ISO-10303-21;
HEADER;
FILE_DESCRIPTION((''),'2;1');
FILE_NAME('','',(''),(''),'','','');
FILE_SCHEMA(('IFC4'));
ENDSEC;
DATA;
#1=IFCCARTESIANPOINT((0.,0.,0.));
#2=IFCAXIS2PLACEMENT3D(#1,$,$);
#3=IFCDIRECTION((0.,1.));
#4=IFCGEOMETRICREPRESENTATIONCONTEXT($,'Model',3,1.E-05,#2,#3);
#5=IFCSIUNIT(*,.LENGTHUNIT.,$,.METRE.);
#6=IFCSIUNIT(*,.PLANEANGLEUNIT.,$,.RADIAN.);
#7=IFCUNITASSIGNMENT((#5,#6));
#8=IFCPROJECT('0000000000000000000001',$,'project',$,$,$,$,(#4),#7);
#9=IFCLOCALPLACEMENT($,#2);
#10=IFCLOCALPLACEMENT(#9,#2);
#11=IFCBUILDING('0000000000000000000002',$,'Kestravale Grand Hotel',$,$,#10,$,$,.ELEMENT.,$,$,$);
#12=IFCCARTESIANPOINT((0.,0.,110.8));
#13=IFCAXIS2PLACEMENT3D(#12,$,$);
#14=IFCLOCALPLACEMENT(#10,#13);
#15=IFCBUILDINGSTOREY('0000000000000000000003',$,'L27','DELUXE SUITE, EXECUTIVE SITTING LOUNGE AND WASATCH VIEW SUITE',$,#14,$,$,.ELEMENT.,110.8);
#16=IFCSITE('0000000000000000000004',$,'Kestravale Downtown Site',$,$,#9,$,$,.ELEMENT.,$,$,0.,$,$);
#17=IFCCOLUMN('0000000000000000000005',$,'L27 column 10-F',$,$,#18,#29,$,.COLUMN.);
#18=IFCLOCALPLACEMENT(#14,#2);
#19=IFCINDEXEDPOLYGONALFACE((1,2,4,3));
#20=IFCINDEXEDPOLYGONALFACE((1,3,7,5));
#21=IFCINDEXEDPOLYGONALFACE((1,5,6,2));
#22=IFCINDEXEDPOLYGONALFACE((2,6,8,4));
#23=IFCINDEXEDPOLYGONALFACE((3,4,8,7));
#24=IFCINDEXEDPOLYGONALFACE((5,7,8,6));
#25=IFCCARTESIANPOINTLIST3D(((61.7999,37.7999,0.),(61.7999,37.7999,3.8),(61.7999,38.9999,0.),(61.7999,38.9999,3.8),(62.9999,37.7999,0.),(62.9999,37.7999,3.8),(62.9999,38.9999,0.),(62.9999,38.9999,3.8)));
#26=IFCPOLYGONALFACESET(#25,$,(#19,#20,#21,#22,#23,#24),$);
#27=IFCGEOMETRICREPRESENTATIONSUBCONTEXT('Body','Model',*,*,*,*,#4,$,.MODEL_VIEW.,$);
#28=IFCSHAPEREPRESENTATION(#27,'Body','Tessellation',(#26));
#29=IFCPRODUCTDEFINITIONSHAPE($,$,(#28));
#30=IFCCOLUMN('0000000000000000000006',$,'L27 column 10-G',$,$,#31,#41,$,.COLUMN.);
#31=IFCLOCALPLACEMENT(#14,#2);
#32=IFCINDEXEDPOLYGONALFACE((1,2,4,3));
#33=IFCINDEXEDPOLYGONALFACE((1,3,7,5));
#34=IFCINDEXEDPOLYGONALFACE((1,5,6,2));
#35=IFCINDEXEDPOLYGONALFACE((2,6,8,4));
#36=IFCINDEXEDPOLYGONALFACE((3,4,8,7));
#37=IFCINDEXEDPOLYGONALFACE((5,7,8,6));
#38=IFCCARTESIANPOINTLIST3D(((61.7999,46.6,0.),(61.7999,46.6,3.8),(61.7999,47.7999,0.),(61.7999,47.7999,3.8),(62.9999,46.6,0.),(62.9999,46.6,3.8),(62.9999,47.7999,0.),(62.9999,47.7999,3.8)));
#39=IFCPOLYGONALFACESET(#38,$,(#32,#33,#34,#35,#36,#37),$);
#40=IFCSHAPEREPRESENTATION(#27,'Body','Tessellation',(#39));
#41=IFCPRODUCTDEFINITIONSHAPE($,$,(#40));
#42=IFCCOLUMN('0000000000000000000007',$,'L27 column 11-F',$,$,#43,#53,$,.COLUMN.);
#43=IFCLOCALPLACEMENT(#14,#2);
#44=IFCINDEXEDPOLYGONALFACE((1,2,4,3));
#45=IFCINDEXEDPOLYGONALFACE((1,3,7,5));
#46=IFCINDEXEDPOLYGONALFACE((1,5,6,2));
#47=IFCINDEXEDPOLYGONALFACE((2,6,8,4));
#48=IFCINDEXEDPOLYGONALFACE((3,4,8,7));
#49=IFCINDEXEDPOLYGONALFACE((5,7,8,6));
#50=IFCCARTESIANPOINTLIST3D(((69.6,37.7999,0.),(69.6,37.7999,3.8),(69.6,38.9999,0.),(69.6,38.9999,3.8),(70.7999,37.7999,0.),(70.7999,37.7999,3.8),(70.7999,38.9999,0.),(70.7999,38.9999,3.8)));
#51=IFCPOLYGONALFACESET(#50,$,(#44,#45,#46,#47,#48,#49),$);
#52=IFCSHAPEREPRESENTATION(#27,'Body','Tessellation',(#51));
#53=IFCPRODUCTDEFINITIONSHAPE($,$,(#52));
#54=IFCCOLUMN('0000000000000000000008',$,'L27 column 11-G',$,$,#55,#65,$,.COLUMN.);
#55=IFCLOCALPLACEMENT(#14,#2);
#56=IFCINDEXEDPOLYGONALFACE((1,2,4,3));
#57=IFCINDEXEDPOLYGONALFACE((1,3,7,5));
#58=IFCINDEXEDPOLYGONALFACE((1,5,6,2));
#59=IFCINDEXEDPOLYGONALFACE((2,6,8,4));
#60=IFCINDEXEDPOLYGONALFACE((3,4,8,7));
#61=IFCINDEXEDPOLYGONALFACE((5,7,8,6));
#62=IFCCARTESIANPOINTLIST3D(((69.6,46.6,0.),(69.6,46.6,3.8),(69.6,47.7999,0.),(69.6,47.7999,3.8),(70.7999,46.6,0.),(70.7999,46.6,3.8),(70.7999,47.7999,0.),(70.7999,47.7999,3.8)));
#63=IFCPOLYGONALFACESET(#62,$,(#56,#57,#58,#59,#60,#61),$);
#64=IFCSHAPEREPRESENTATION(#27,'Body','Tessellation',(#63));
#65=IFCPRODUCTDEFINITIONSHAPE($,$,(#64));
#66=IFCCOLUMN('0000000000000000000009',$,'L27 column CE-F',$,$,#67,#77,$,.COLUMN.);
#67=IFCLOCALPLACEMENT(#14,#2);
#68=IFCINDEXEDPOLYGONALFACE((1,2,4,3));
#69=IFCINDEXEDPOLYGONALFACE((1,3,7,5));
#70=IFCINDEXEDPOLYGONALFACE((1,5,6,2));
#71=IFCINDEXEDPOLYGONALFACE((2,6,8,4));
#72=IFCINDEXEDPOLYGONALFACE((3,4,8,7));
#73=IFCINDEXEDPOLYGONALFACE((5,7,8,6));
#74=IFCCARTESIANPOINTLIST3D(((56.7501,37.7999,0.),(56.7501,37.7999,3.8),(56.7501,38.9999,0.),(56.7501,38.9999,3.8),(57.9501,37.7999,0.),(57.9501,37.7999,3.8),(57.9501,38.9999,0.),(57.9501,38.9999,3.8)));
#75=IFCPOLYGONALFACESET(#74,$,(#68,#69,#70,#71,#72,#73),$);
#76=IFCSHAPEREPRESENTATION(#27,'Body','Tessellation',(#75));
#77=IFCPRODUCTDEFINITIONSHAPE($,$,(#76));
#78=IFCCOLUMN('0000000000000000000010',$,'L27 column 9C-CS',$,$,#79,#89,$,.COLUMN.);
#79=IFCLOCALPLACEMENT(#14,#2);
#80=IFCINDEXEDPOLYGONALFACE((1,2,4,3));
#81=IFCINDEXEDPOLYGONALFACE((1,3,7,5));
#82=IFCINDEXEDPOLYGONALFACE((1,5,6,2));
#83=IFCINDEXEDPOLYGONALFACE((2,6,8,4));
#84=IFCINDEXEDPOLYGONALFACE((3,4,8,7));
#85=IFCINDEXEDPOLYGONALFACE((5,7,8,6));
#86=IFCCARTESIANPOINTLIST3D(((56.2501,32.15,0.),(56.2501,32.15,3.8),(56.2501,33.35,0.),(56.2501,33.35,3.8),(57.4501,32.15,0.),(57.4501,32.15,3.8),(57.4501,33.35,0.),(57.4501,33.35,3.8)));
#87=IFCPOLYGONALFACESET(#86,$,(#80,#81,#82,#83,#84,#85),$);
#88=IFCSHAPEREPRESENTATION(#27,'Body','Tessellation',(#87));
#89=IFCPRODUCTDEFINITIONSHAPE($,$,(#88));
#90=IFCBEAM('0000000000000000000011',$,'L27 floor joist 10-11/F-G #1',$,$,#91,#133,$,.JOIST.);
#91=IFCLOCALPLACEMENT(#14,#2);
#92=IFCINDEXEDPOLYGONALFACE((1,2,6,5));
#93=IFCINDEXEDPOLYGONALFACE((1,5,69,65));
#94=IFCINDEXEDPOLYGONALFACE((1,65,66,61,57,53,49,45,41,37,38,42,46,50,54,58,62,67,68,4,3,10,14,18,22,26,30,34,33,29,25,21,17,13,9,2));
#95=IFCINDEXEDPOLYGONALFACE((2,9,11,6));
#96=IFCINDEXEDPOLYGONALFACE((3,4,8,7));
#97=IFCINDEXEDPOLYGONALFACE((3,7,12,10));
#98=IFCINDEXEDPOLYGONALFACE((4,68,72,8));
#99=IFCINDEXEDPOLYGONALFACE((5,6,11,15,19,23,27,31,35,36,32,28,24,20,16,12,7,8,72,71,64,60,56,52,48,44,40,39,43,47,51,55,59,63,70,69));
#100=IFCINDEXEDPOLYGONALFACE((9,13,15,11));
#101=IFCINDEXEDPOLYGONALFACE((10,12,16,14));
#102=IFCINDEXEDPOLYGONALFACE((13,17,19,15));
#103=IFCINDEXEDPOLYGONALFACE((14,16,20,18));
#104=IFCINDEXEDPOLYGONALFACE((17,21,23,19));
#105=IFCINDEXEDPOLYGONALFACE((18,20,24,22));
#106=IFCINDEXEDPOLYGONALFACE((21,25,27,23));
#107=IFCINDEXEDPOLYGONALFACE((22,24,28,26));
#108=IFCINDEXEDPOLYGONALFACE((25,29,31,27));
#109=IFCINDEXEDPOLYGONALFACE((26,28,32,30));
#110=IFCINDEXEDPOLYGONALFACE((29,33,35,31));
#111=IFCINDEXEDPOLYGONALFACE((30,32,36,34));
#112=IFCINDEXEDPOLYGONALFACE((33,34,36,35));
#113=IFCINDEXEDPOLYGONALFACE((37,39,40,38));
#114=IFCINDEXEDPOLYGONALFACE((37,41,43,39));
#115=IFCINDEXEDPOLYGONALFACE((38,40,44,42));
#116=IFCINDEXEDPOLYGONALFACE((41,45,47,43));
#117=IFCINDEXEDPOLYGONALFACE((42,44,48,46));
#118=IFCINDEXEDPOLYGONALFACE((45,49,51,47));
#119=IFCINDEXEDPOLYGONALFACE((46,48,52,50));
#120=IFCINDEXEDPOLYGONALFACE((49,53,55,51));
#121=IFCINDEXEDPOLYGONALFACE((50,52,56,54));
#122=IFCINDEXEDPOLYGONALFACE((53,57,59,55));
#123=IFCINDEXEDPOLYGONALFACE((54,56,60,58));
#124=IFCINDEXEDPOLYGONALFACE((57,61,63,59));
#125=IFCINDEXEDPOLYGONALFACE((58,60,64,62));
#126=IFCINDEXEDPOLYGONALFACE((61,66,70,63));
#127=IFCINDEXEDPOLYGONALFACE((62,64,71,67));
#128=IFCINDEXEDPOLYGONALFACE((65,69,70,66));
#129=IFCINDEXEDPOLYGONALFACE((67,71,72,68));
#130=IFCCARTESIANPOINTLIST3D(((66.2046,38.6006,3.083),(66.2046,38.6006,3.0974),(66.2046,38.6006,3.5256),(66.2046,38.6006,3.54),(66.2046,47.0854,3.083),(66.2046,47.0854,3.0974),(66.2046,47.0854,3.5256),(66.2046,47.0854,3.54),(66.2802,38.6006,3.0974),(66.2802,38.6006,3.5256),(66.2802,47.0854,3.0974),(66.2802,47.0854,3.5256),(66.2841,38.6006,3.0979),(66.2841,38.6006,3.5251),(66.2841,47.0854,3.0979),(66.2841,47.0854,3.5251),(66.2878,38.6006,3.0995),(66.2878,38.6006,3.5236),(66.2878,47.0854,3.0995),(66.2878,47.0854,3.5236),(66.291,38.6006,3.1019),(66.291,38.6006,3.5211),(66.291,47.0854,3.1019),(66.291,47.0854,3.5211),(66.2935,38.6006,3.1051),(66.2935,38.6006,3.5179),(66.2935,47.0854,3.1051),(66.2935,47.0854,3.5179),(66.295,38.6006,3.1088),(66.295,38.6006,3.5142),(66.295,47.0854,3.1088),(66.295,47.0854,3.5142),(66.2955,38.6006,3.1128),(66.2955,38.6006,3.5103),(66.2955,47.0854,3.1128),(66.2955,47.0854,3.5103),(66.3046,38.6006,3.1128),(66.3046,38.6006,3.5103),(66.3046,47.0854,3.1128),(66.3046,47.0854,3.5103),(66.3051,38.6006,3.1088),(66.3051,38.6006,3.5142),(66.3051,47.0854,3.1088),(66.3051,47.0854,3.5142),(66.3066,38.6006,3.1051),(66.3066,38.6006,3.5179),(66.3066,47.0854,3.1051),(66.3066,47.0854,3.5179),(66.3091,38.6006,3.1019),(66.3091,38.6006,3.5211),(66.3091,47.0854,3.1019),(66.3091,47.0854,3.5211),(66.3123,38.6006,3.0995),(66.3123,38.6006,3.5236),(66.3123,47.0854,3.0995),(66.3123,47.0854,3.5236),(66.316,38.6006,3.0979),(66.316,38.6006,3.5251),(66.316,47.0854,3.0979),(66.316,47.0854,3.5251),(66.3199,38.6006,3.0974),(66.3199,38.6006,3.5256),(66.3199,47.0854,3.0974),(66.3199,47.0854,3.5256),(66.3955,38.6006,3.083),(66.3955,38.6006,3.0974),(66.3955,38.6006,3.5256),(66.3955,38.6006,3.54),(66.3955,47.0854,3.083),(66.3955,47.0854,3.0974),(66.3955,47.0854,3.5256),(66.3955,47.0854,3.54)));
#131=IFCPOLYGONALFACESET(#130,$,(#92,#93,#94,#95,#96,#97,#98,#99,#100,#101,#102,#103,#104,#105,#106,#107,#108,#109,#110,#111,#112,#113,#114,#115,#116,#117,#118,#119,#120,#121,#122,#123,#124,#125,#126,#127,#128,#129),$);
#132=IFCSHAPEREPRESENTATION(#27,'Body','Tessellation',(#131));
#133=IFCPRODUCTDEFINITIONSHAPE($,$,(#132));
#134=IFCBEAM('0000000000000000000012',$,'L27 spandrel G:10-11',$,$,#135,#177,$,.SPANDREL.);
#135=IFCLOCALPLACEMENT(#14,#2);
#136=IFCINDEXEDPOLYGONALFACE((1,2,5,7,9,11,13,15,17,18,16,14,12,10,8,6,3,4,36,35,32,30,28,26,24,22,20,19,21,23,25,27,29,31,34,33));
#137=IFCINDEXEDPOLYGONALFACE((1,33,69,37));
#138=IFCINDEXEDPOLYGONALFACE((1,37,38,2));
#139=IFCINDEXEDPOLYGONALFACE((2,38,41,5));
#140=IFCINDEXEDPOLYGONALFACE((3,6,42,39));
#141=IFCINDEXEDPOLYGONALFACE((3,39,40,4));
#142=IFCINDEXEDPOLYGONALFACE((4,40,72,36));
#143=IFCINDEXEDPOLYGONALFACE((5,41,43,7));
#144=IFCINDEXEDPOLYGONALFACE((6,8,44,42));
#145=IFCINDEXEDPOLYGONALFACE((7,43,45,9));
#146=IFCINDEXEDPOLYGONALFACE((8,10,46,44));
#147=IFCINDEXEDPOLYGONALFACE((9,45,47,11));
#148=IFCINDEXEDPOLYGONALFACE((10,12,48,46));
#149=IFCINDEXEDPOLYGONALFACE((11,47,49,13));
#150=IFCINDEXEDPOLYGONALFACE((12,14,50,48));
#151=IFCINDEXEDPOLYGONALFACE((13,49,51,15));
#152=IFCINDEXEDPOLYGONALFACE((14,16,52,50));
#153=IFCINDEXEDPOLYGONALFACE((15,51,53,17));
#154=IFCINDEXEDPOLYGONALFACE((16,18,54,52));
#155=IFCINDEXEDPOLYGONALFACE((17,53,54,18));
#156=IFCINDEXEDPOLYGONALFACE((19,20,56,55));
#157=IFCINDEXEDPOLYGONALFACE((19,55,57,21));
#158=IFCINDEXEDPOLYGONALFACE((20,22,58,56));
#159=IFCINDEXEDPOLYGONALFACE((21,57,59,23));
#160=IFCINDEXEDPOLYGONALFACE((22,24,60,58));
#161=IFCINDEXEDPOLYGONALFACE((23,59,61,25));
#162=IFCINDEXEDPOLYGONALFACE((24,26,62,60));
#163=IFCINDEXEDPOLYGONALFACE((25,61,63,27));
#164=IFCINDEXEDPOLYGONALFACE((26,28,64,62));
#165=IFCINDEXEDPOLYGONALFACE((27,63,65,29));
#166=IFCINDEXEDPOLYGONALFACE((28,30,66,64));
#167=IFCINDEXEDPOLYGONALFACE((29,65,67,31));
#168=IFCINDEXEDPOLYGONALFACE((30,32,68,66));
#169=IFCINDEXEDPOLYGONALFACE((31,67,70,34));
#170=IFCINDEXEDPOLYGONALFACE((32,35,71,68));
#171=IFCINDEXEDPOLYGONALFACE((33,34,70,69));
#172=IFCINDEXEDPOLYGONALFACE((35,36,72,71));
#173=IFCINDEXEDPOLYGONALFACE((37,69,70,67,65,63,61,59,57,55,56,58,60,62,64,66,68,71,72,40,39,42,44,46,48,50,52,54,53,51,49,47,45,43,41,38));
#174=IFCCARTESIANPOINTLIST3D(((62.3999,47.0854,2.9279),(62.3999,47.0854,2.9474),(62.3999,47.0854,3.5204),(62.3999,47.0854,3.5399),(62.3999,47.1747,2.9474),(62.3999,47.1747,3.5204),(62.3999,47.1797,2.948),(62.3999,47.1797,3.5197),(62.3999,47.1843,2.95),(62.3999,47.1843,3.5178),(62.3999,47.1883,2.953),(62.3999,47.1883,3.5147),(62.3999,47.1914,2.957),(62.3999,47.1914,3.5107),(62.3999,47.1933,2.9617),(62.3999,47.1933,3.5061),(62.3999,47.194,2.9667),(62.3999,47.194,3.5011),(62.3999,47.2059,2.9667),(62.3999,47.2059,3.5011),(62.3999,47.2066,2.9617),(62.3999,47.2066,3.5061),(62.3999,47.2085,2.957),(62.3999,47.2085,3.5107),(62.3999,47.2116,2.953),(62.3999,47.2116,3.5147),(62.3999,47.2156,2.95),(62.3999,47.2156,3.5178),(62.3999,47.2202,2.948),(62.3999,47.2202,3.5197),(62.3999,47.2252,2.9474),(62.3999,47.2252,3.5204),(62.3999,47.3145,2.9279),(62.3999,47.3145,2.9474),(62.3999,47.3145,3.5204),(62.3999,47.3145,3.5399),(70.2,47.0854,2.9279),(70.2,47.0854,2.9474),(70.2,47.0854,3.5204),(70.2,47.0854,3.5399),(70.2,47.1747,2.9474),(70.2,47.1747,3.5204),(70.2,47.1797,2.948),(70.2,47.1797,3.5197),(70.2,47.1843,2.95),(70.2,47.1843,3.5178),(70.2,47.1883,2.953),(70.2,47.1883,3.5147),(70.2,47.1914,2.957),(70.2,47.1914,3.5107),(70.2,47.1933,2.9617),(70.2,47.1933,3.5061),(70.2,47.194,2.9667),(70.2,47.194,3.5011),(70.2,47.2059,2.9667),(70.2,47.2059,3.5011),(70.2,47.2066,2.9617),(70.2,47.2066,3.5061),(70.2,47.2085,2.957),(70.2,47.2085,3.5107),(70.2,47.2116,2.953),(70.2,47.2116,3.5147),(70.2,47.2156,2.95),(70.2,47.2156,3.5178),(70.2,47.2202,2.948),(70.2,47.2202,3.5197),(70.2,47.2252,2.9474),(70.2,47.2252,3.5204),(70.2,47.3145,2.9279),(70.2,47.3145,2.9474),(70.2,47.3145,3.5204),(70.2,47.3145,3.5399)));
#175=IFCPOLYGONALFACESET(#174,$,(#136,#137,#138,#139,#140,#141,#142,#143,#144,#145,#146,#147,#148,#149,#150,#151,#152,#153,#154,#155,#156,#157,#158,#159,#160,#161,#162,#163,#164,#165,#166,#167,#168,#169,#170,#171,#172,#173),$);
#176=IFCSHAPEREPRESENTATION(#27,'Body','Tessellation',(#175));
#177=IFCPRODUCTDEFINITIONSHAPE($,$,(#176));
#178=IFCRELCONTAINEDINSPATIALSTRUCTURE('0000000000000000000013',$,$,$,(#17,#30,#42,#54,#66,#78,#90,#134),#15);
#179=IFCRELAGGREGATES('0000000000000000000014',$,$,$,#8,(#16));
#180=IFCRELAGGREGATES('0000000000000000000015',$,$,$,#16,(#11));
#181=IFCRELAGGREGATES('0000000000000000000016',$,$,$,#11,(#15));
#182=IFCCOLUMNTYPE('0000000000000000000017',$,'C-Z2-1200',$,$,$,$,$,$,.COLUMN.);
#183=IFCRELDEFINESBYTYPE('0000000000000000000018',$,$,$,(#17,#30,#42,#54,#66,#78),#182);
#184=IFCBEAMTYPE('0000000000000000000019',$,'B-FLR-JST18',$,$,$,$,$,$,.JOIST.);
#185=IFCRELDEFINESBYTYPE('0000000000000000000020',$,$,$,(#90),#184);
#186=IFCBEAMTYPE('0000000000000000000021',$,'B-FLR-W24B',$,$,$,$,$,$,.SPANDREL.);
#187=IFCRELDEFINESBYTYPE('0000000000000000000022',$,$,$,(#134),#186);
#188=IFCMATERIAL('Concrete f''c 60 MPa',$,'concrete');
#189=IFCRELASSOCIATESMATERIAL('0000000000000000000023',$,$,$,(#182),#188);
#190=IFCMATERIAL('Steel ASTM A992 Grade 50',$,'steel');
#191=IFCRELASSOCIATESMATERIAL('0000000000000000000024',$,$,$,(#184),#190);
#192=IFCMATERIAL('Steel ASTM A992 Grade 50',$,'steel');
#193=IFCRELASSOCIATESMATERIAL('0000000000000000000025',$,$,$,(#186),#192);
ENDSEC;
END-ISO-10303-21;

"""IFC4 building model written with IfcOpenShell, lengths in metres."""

from ifc_helpers import new_model, si_unit, direction, frame, origin, origin_2d, place, context, subcontext, project, spatial, rectangle, i_section, extrude, material, material_profile, profile_set, type_object, element, save


model = new_model("IFC4")

# Units and contexts
model_context = context("Model", 3, precision=1e-05, world=origin(), true_north=direction((0.0, 1.0)))
body_context = subcontext(model_context, "Body", "Model", "MODEL_VIEW")
ifc_project = project(units=[si_unit("LENGTHUNIT", "METRE"), si_unit("PLANEANGLEUNIT", "RADIAN")], contexts=[model_context])

# Site, building, storey
site_placement = place(None, origin())
site = spatial("IfcSite", under=ifc_project, at=site_placement, Name="Kestravale Downtown Site", CompositionType="ELEMENT", RefElevation=0.0)
building_placement = place(site_placement, origin())
building = spatial("IfcBuilding", under=site, at=building_placement, Name="Kestravale Grand Hotel", CompositionType="ELEMENT")
storey_placement = place(building_placement, frame((0.0, 0.0, 110.8)))
storey = spatial("IfcBuildingStorey", under=building, at=storey_placement, Name="L27", Description="DELUXE SUITE, EXECUTIVE SITTING LOUNGE AND WASATCH VIEW SUITE", CompositionType="ELEMENT", Elevation=110.8)

# Columns
ifc_material_1 = material(Name="Concrete f'c 60 MPa", Category="concrete")
ifc_material_profile_1 = material_profile(ifc_material_1, rectangle(XDim=1.2, YDim=1.2, at=origin_2d()))
ifc_profile_set_1 = profile_set([ifc_material_profile_1], Name="Concrete f'c 60 MPa")
column_type = type_object("IfcColumnType", Name="C-Z2-1200", PredefinedType="COLUMN", material=ifc_profile_set_1)
for number, where, z_axis, x_axis, name in (
    (1, (62.3999, 38.3999, 0.0), (0.0, 0.0, 1.0), (1.0, 0.0, 0.0), "L27 column 10-F"),
    (2, (62.3999, 47.2, 0.0), (0.0, 0.0, 1.0), (1.0, 0.0, 0.0), "L27 column 10-G"),
    (3, (70.2, 38.3999, 0.0), (0.0, 0.0, 1.0), (1.0, 0.0, 0.0), "L27 column 11-F"),
    (4, (70.2, 47.2, 0.0), (0.0, 0.0, 1.0), (1.0, 0.0, 0.0), "L27 column 11-G"),
    (5, (57.3501, 38.3999, 0.0), (0.0, 0.0, 1.0), (1.0, 0.0, 0.0), "L27 column CE-F"),
    (6, (56.8501, 32.75, 0.0), (0.0, 0.0, 1.0), (1.0, 0.0, 0.0), "L27 column 9C-CS"),
):
    element("IfcColumn", number, at=place(storey_placement, frame(where, z_axis=z_axis, x_axis=x_axis)), inside=storey, type_object=column_type, Name=name, PredefinedType="COLUMN", context=body_context, shape_type="SweptSolid", body=[
        extrude(rectangle(XDim=1.2, YDim=1.2, at=origin_2d()), origin(), (0.0, 0.0, 1.0), 3.8),
    ])

# Beams
ifc_material_2 = material(Name="Steel ASTM A992 Grade 50", Category="steel")
ifc_material_profile_2 = material_profile(ifc_material_2, i_section(OverallWidth=0.1909, OverallDepth=0.457, WebThickness=0.009, FlangeThickness=0.0144, FilletRadius=0.0154, at=origin_2d()))
ifc_profile_set_2 = profile_set([ifc_material_profile_2], Name="Steel ASTM A992 Grade 50")
beam_type_1 = type_object("IfcBeamType", Name="B-FLR-JST18", PredefinedType="JOIST", material=ifc_profile_set_2)
beam_1_placement = place(storey_placement, frame((66.3, 38.6006, 3.3115), z_axis=(0.0, 1.0, 0.0), x_axis=(-1.0, 0.0, 0.0)))
element("IfcBeam", 7, at=beam_1_placement, inside=storey, type_object=beam_type_1, Name="L27 floor joist 10-11/F-G #1", PredefinedType="JOIST", context=body_context, shape_type="SweptSolid", body=[
    extrude(i_section(OverallWidth=0.1909, OverallDepth=0.457, WebThickness=0.009, FlangeThickness=0.0144, FilletRadius=0.0154, at=origin_2d()), origin(), (0.0, 0.0, 1.0), 8.4849),
])
ifc_material_3 = material(Name="Steel ASTM A992 Grade 50", Category="steel")
ifc_material_profile_3 = material_profile(ifc_material_3, i_section(OverallWidth=0.229, OverallDepth=0.6121, WebThickness=0.012, FlangeThickness=0.0195, FilletRadius=0.0193, at=origin_2d()))
ifc_profile_set_3 = profile_set([ifc_material_profile_3], Name="Steel ASTM A992 Grade 50")
beam_type_2 = type_object("IfcBeamType", Name="B-FLR-W24B", PredefinedType="SPANDREL", material=ifc_profile_set_3)
beam_2_placement = place(storey_placement, frame((62.3999, 47.2, 3.2339), z_axis=(1.0, 0.0, 0.0), x_axis=(0.0, 1.0, 0.0)))
element("IfcBeam", 8, at=beam_2_placement, inside=storey, type_object=beam_type_2, Name="L27 spandrel G:10-11", PredefinedType="SPANDREL", context=body_context, shape_type="SweptSolid", body=[
    extrude(i_section(OverallWidth=0.229, OverallDepth=0.6121, WebThickness=0.012, FlangeThickness=0.0195, FilletRadius=0.0193, at=origin_2d()), origin(), (0.0, 0.0, 1.0), 7.8),
])

save(model, "model.ifc")
